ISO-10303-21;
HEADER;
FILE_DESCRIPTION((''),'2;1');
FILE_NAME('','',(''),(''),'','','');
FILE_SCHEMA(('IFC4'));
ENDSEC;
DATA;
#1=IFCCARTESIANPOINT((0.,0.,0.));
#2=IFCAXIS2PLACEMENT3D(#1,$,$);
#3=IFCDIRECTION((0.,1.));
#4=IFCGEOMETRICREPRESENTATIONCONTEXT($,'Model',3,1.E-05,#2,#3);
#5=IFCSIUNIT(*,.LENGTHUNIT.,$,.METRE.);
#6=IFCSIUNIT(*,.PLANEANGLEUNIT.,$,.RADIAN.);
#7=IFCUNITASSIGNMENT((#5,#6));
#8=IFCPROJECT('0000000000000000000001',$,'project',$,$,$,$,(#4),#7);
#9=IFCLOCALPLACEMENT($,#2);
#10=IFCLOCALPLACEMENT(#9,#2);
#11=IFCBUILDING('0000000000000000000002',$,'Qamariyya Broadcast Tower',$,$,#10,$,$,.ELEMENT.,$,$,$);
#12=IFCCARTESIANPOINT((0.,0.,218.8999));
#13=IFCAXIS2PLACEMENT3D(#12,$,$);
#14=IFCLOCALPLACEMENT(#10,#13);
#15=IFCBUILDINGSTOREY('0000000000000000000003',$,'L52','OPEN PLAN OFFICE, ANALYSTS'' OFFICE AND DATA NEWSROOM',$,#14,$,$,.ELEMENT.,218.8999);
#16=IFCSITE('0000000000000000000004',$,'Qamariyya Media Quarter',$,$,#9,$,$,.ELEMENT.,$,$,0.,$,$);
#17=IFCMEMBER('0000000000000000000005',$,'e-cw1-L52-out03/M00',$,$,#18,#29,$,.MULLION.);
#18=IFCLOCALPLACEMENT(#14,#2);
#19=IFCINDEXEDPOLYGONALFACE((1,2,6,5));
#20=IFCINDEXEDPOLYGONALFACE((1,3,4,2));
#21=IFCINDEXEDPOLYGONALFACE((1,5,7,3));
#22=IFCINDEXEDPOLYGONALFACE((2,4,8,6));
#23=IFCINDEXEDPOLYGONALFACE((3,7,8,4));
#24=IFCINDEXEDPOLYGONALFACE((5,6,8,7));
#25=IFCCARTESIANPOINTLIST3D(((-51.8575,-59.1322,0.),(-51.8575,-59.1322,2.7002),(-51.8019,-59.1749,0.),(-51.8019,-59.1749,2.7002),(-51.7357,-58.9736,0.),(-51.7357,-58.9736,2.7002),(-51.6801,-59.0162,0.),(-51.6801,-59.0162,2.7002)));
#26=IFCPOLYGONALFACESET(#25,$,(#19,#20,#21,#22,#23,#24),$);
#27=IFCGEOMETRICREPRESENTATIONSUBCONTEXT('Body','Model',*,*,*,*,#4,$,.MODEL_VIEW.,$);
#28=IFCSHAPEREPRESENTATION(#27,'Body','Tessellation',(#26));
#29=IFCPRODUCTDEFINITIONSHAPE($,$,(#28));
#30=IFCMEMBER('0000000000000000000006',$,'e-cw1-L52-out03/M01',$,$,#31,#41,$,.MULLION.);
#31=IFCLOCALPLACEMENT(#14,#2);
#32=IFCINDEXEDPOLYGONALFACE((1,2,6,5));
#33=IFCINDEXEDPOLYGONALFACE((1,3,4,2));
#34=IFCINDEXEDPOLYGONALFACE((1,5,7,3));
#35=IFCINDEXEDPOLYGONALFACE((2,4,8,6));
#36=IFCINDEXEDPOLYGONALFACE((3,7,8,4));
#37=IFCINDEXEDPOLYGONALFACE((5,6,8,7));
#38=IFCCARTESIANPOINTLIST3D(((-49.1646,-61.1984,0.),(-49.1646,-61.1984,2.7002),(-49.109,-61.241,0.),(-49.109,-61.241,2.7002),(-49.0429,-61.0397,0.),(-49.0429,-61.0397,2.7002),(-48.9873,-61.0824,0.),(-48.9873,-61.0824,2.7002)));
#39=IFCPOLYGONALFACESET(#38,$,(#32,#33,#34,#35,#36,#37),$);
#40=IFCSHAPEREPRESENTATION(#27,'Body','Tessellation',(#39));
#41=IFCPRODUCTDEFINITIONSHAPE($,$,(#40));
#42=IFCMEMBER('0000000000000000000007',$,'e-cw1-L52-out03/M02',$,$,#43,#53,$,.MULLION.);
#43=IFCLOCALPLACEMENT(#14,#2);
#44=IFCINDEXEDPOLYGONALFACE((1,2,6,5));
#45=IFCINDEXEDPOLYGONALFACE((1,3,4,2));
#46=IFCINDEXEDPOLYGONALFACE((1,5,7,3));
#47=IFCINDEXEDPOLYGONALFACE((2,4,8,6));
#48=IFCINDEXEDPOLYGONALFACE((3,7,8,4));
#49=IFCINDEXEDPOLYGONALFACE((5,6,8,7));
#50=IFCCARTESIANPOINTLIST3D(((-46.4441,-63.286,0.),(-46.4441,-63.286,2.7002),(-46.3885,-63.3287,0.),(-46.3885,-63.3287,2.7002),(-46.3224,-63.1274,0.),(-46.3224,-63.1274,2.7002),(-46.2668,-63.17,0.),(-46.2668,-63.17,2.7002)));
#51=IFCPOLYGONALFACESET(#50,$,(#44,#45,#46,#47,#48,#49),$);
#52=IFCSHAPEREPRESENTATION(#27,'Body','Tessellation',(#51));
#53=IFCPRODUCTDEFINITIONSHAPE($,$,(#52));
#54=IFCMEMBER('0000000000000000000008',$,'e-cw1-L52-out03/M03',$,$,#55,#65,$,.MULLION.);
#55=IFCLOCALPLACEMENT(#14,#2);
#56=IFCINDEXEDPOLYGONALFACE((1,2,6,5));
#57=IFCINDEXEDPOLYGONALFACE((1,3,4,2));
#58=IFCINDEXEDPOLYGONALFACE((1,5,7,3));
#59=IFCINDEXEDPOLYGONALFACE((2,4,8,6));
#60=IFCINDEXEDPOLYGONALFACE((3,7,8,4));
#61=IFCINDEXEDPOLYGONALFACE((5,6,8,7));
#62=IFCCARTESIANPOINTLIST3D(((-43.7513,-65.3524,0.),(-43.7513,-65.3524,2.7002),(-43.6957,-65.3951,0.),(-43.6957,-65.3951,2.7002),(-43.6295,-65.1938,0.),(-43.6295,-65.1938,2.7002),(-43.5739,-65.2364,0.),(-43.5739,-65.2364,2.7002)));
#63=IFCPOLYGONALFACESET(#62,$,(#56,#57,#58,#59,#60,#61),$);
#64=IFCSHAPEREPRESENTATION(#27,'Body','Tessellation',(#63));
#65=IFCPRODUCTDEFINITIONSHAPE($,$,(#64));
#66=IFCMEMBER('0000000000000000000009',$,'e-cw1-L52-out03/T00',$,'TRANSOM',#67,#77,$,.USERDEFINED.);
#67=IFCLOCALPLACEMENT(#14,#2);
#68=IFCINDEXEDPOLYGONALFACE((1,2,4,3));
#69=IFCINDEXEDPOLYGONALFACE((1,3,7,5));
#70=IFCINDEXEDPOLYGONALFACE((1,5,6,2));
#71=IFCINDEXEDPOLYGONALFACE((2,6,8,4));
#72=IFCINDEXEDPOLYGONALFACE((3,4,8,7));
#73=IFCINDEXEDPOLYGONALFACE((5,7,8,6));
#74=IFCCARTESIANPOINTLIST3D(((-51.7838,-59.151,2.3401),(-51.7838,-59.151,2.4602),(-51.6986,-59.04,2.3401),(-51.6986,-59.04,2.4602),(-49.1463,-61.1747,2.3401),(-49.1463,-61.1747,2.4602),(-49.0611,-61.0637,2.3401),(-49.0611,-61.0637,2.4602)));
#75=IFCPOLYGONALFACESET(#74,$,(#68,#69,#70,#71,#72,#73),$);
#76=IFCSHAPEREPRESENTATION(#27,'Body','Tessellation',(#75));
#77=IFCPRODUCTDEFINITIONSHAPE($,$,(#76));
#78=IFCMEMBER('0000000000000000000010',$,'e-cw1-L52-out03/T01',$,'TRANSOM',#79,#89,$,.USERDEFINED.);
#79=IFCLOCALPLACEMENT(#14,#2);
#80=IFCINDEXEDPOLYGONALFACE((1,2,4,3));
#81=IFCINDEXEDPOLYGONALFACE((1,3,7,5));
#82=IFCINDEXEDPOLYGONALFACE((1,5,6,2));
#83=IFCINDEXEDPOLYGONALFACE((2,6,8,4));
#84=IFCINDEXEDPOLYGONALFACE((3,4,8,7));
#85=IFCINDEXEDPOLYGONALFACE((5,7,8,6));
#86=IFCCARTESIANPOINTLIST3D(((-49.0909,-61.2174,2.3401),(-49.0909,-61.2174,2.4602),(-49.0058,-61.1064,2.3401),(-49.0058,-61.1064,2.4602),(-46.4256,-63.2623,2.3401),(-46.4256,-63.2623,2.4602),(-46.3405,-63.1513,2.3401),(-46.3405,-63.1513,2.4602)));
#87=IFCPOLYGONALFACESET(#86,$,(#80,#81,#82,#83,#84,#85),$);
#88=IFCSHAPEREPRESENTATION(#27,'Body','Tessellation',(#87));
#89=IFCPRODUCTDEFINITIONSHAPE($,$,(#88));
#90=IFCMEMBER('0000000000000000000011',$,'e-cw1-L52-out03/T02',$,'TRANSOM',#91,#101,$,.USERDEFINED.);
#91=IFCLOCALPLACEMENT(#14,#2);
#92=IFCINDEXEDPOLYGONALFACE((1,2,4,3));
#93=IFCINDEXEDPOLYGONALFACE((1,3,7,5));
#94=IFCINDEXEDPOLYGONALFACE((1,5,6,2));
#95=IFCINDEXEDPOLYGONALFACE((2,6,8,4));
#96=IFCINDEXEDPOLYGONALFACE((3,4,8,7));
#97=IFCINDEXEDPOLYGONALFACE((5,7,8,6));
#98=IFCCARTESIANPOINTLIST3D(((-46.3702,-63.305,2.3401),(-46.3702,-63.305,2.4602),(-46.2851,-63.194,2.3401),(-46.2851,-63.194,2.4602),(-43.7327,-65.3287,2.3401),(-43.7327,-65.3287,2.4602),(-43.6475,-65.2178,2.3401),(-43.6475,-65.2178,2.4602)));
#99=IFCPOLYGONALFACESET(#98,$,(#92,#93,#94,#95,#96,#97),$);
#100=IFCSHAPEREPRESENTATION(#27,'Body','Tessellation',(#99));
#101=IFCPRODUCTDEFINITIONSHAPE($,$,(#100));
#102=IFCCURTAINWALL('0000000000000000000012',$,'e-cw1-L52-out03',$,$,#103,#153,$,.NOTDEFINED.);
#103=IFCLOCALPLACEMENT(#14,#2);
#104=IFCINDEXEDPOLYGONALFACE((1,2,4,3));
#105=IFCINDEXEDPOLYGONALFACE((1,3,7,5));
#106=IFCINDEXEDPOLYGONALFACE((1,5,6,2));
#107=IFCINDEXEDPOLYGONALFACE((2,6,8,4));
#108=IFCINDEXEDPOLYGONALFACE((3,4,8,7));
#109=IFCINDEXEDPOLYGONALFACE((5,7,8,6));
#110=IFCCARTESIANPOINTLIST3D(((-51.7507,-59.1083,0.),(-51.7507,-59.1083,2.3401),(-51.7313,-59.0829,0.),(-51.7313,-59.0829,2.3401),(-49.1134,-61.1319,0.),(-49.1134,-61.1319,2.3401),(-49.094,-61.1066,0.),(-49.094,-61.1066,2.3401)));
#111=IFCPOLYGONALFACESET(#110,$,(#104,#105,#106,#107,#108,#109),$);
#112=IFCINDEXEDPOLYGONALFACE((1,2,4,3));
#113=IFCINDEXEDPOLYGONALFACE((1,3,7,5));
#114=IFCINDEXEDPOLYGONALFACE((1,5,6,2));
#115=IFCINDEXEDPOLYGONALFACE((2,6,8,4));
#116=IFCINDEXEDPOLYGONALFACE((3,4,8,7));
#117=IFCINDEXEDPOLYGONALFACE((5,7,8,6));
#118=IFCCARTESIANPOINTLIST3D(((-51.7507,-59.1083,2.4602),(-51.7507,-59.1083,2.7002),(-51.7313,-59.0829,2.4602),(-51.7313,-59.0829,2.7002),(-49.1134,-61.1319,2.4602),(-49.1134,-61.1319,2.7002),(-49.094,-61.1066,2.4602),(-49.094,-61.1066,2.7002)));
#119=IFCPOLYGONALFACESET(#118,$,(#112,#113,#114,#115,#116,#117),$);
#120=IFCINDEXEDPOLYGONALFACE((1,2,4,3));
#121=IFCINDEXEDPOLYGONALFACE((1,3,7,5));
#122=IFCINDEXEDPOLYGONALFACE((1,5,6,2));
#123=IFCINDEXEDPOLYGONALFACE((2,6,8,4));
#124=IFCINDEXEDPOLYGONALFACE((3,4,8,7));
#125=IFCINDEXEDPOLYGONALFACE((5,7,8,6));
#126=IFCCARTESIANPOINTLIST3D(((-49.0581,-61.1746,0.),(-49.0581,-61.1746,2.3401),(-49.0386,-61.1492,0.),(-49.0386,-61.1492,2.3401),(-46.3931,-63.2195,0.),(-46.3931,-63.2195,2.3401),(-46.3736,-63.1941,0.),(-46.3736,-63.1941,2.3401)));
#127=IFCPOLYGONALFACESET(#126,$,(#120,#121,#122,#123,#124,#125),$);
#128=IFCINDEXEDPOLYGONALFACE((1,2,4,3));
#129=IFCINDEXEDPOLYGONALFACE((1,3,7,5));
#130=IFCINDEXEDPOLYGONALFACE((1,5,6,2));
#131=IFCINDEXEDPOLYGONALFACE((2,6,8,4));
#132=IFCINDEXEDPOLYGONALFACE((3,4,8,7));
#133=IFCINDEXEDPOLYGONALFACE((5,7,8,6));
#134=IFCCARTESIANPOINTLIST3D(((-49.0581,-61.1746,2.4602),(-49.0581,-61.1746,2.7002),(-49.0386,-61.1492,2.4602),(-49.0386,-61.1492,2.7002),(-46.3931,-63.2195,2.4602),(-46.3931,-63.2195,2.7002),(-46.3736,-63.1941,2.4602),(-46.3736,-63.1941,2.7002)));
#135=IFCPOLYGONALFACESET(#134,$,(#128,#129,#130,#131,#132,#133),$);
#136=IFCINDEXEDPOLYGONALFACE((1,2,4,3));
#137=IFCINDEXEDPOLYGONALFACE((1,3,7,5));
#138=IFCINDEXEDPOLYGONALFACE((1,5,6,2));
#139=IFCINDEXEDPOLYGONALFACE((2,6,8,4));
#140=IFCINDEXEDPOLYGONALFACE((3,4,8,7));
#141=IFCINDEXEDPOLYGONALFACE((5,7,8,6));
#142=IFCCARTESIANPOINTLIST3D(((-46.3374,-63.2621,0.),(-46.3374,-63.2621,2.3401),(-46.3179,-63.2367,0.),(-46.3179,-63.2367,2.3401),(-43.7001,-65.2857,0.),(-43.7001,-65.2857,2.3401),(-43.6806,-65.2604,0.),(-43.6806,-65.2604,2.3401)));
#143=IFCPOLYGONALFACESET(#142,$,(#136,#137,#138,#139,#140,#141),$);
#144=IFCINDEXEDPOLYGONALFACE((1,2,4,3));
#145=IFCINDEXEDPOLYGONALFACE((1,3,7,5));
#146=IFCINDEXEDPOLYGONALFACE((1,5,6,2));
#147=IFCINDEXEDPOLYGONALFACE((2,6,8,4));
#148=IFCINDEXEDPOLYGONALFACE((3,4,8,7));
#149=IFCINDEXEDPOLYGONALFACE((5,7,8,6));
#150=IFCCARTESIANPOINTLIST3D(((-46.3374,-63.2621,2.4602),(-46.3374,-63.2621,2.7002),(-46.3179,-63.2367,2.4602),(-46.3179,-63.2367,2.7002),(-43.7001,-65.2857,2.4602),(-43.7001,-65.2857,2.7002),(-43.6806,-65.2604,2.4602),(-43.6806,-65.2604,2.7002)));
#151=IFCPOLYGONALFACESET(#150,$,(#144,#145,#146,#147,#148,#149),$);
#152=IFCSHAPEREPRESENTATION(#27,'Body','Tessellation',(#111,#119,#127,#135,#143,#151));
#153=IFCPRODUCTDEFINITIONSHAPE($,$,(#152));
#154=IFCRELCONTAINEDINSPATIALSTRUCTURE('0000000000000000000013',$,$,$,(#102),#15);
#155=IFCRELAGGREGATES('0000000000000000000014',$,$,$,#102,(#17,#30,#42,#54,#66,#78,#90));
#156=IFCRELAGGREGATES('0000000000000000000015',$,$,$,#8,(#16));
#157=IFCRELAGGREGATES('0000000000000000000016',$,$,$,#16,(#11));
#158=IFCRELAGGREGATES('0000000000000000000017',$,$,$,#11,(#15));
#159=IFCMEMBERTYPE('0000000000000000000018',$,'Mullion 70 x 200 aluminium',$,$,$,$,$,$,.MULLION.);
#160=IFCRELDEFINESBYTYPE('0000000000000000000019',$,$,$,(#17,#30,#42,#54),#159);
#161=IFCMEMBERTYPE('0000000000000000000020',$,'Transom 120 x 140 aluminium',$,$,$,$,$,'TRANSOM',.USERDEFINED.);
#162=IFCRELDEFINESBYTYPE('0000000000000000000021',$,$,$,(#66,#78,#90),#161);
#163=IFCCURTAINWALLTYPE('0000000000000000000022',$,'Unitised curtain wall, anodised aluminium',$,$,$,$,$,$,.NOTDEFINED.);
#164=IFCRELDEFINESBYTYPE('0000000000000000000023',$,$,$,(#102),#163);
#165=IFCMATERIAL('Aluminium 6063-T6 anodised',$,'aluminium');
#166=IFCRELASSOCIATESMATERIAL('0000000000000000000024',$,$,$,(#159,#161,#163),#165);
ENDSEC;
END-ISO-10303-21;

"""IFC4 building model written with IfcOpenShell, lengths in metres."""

from ifc_helpers import new_model, si_unit, direction, frame, origin, origin_2d, place, context, subcontext, project, spatial, rectangle, extrude, material, material_profile, profile_set, type_object, element, aggregate, save


model = new_model("IFC4")

# Units and contexts
model_context = context("Model", 3, precision=1e-05, world=origin(), true_north=direction((0.0, 1.0)))
body_context = subcontext(model_context, "Body", "Model", "MODEL_VIEW")
ifc_project = project(units=[si_unit("LENGTHUNIT", "METRE"), si_unit("PLANEANGLEUNIT", "RADIAN")], contexts=[model_context])

# Members
ifc_material = material(Name="Aluminium 6063-T6 anodised", Category="aluminium")
ifc_material_profile_1 = material_profile(ifc_material, rectangle(XDim=0.2, YDim=0.0701, at=origin_2d()))
ifc_profile_set_1 = profile_set([ifc_material_profile_1], Name="Aluminium 6063-T6 anodised")
member_type_1 = type_object("IfcMemberType", Name="Mullion 70 x 200 aluminium", PredefinedType="MULLION", material=ifc_profile_set_1)
site_placement = place(None, origin())
building_placement = place(site_placement, origin())
storey_placement = place(building_placement, frame((0.0, 0.0, 218.8999)))
member_1_placement = place(storey_placement, frame((-51.7688, -59.0742, 0.0), z_axis=(0.0, 0.0, 1.0), x_axis=(0.608761, 0.793353, 0.0)))
member_1 = element("IfcMember", 1, at=member_1_placement, type_object=member_type_1, Name="e-cw1-L52-out03/M00", PredefinedType="MULLION", context=body_context, shape_type="SweptSolid", body=[
    extrude(rectangle(XDim=0.2, YDim=0.0701, at=origin_2d()), origin(), (0.0, 0.0, 1.0), 2.7002),
])
member_2_placement = place(storey_placement, frame((-49.0759, -61.1404, 0.0), z_axis=(0.0, 0.0, 1.0), x_axis=(0.608761, 0.793353, 0.0)))
member_2 = element("IfcMember", 2, at=member_2_placement, type_object=member_type_1, Name="e-cw1-L52-out03/M01", PredefinedType="MULLION", context=body_context, shape_type="SweptSolid", body=[
    extrude(rectangle(XDim=0.2, YDim=0.0701, at=origin_2d()), origin(), (0.0, 0.0, 1.0), 2.7002),
])
member_3_placement = place(storey_placement, frame((-46.3555, -63.228, 0.0), z_axis=(0.0, 0.0, 1.0), x_axis=(0.608761, 0.793353, 0.0)))
member_3 = element("IfcMember", 3, at=member_3_placement, type_object=member_type_1, Name="e-cw1-L52-out03/M02", PredefinedType="MULLION", context=body_context, shape_type="SweptSolid", body=[
    extrude(rectangle(XDim=0.2, YDim=0.0701, at=origin_2d()), origin(), (0.0, 0.0, 1.0), 2.7002),
])
member_4_placement = place(storey_placement, frame((-43.6626, -65.2944, 0.0), z_axis=(0.0, 0.0, 1.0), x_axis=(0.608761, 0.793353, 0.0)))
member_4 = element("IfcMember", 4, at=member_4_placement, type_object=member_type_1, Name="e-cw1-L52-out03/M03", PredefinedType="MULLION", context=body_context, shape_type="SweptSolid", body=[
    extrude(rectangle(XDim=0.2, YDim=0.0701, at=origin_2d()), origin(), (0.0, 0.0, 1.0), 2.7002),
])
ifc_material_profile_2 = material_profile(ifc_material, rectangle(XDim=0.1399, YDim=0.1201, at=origin_2d()))
ifc_profile_set_2 = profile_set([ifc_material_profile_2], Name="Aluminium 6063-T6 anodised")
member_type_2 = type_object("IfcMemberType", Name="Transom 120 x 140 aluminium", ElementType="TRANSOM", PredefinedType="USERDEFINED", material=ifc_profile_set_2)
member_5_placement = place(storey_placement, frame((-51.7412, -59.0955, 2.4001), z_axis=(0.793369, -0.608741, 0.0), x_axis=(0.608741, 0.793369, 0.0)))
member_5 = element("IfcMember", 5, at=member_5_placement, type_object=member_type_2, Name="e-cw1-L52-out03/T00", ObjectType="TRANSOM", PredefinedType="USERDEFINED", context=body_context, shape_type="SweptSolid", body=[
    extrude(rectangle(XDim=0.1399, YDim=0.1201, at=origin_2d()), origin(), (0.0, 0.0, 1.0), 3.3245),
])
member_6_placement = place(storey_placement, frame((-49.0483, -61.1619, 2.4001), z_axis=(0.793385, -0.60872, 0.0), x_axis=(0.60872, 0.793385, 0.0)))
member_6 = element("IfcMember", 6, at=member_6_placement, type_object=member_type_2, Name="e-cw1-L52-out03/T01", ObjectType="TRANSOM", PredefinedType="USERDEFINED", context=body_context, shape_type="SweptSolid", body=[
    extrude(rectangle(XDim=0.1399, YDim=0.1201, at=origin_2d()), origin(), (0.0, 0.0, 1.0), 3.3594),
])
member_7_placement = place(storey_placement, frame((-46.3276, -63.2495, 2.4001), z_axis=(0.793369, -0.608741, 0.0), x_axis=(0.608741, 0.793369, 0.0)))
member_7 = element("IfcMember", 7, at=member_7_placement, type_object=member_type_2, Name="e-cw1-L52-out03/T02", ObjectType="TRANSOM", PredefinedType="USERDEFINED", context=body_context, shape_type="SweptSolid", body=[
    extrude(rectangle(XDim=0.1399, YDim=0.1201, at=origin_2d()), origin(), (0.0, 0.0, 1.0), 3.3245),
])

# Site, building, storey
site = spatial("IfcSite", under=ifc_project, at=site_placement, Name="Qamariyya Media Quarter", CompositionType="ELEMENT", RefElevation=0.0)
building = spatial("IfcBuilding", under=site, at=building_placement, Name="Qamariyya Broadcast Tower", CompositionType="ELEMENT")
storey = spatial("IfcBuildingStorey", under=building, at=storey_placement, Name="L52", Description="OPEN PLAN OFFICE, ANALYSTS' OFFICE AND DATA NEWSROOM", CompositionType="ELEMENT", Elevation=218.8999)

# Curtain wall
curtain_wall_type = type_object("IfcCurtainWallType", Name="Unitised curtain wall, anodised aluminium", PredefinedType="NOTDEFINED", material=ifc_material)
curtain_wall_1_placement = place(storey_placement, origin())
curtain_wall_1 = element("IfcCurtainWall", 8, at=curtain_wall_1_placement, inside=storey, type_object=curtain_wall_type, Name="e-cw1-L52-out03", PredefinedType="NOTDEFINED", context=body_context, shape_type="SweptSolid", body=[
    extrude(rectangle(XDim=3.3242, YDim=0.032, at=origin_2d()), frame((-50.4224, -60.1074, 0.0), x_axis=(0.793359, -0.608754, 0.0)), (0.0, 0.0, 1.0), 2.3401),
    extrude(rectangle(XDim=3.3242, YDim=0.032, at=origin_2d()), frame((-50.4224, -60.1074, 2.4602), x_axis=(0.793359, -0.608754, 0.0)), (0.0, 0.0, 1.0), 0.24),
    extrude(rectangle(XDim=3.3591, YDim=0.032, at=origin_2d()), frame((-47.7158, -62.1843, 0.0), x_axis=(0.793359, -0.608754, 0.0)), (0.0, 0.0, 1.0), 2.3401),
    extrude(rectangle(XDim=3.3591, YDim=0.032, at=origin_2d()), frame((-47.7158, -62.1843, 2.4602), x_axis=(0.793359, -0.608754, 0.0)), (0.0, 0.0, 1.0), 0.24),
    extrude(rectangle(XDim=3.3242, YDim=0.032, at=origin_2d()), frame((-45.009, -64.2612, 0.0), x_axis=(0.793359, -0.608754, 0.0)), (0.0, 0.0, 1.0), 2.3401),
    extrude(rectangle(XDim=3.3242, YDim=0.032, at=origin_2d()), frame((-45.009, -64.2612, 2.4602), x_axis=(0.793359, -0.608754, 0.0)), (0.0, 0.0, 1.0), 0.24),
])
aggregate(curtain_wall_1, [member_1, member_2, member_3, member_4, member_5, member_6, member_7])

save(model, "model.ifc")
